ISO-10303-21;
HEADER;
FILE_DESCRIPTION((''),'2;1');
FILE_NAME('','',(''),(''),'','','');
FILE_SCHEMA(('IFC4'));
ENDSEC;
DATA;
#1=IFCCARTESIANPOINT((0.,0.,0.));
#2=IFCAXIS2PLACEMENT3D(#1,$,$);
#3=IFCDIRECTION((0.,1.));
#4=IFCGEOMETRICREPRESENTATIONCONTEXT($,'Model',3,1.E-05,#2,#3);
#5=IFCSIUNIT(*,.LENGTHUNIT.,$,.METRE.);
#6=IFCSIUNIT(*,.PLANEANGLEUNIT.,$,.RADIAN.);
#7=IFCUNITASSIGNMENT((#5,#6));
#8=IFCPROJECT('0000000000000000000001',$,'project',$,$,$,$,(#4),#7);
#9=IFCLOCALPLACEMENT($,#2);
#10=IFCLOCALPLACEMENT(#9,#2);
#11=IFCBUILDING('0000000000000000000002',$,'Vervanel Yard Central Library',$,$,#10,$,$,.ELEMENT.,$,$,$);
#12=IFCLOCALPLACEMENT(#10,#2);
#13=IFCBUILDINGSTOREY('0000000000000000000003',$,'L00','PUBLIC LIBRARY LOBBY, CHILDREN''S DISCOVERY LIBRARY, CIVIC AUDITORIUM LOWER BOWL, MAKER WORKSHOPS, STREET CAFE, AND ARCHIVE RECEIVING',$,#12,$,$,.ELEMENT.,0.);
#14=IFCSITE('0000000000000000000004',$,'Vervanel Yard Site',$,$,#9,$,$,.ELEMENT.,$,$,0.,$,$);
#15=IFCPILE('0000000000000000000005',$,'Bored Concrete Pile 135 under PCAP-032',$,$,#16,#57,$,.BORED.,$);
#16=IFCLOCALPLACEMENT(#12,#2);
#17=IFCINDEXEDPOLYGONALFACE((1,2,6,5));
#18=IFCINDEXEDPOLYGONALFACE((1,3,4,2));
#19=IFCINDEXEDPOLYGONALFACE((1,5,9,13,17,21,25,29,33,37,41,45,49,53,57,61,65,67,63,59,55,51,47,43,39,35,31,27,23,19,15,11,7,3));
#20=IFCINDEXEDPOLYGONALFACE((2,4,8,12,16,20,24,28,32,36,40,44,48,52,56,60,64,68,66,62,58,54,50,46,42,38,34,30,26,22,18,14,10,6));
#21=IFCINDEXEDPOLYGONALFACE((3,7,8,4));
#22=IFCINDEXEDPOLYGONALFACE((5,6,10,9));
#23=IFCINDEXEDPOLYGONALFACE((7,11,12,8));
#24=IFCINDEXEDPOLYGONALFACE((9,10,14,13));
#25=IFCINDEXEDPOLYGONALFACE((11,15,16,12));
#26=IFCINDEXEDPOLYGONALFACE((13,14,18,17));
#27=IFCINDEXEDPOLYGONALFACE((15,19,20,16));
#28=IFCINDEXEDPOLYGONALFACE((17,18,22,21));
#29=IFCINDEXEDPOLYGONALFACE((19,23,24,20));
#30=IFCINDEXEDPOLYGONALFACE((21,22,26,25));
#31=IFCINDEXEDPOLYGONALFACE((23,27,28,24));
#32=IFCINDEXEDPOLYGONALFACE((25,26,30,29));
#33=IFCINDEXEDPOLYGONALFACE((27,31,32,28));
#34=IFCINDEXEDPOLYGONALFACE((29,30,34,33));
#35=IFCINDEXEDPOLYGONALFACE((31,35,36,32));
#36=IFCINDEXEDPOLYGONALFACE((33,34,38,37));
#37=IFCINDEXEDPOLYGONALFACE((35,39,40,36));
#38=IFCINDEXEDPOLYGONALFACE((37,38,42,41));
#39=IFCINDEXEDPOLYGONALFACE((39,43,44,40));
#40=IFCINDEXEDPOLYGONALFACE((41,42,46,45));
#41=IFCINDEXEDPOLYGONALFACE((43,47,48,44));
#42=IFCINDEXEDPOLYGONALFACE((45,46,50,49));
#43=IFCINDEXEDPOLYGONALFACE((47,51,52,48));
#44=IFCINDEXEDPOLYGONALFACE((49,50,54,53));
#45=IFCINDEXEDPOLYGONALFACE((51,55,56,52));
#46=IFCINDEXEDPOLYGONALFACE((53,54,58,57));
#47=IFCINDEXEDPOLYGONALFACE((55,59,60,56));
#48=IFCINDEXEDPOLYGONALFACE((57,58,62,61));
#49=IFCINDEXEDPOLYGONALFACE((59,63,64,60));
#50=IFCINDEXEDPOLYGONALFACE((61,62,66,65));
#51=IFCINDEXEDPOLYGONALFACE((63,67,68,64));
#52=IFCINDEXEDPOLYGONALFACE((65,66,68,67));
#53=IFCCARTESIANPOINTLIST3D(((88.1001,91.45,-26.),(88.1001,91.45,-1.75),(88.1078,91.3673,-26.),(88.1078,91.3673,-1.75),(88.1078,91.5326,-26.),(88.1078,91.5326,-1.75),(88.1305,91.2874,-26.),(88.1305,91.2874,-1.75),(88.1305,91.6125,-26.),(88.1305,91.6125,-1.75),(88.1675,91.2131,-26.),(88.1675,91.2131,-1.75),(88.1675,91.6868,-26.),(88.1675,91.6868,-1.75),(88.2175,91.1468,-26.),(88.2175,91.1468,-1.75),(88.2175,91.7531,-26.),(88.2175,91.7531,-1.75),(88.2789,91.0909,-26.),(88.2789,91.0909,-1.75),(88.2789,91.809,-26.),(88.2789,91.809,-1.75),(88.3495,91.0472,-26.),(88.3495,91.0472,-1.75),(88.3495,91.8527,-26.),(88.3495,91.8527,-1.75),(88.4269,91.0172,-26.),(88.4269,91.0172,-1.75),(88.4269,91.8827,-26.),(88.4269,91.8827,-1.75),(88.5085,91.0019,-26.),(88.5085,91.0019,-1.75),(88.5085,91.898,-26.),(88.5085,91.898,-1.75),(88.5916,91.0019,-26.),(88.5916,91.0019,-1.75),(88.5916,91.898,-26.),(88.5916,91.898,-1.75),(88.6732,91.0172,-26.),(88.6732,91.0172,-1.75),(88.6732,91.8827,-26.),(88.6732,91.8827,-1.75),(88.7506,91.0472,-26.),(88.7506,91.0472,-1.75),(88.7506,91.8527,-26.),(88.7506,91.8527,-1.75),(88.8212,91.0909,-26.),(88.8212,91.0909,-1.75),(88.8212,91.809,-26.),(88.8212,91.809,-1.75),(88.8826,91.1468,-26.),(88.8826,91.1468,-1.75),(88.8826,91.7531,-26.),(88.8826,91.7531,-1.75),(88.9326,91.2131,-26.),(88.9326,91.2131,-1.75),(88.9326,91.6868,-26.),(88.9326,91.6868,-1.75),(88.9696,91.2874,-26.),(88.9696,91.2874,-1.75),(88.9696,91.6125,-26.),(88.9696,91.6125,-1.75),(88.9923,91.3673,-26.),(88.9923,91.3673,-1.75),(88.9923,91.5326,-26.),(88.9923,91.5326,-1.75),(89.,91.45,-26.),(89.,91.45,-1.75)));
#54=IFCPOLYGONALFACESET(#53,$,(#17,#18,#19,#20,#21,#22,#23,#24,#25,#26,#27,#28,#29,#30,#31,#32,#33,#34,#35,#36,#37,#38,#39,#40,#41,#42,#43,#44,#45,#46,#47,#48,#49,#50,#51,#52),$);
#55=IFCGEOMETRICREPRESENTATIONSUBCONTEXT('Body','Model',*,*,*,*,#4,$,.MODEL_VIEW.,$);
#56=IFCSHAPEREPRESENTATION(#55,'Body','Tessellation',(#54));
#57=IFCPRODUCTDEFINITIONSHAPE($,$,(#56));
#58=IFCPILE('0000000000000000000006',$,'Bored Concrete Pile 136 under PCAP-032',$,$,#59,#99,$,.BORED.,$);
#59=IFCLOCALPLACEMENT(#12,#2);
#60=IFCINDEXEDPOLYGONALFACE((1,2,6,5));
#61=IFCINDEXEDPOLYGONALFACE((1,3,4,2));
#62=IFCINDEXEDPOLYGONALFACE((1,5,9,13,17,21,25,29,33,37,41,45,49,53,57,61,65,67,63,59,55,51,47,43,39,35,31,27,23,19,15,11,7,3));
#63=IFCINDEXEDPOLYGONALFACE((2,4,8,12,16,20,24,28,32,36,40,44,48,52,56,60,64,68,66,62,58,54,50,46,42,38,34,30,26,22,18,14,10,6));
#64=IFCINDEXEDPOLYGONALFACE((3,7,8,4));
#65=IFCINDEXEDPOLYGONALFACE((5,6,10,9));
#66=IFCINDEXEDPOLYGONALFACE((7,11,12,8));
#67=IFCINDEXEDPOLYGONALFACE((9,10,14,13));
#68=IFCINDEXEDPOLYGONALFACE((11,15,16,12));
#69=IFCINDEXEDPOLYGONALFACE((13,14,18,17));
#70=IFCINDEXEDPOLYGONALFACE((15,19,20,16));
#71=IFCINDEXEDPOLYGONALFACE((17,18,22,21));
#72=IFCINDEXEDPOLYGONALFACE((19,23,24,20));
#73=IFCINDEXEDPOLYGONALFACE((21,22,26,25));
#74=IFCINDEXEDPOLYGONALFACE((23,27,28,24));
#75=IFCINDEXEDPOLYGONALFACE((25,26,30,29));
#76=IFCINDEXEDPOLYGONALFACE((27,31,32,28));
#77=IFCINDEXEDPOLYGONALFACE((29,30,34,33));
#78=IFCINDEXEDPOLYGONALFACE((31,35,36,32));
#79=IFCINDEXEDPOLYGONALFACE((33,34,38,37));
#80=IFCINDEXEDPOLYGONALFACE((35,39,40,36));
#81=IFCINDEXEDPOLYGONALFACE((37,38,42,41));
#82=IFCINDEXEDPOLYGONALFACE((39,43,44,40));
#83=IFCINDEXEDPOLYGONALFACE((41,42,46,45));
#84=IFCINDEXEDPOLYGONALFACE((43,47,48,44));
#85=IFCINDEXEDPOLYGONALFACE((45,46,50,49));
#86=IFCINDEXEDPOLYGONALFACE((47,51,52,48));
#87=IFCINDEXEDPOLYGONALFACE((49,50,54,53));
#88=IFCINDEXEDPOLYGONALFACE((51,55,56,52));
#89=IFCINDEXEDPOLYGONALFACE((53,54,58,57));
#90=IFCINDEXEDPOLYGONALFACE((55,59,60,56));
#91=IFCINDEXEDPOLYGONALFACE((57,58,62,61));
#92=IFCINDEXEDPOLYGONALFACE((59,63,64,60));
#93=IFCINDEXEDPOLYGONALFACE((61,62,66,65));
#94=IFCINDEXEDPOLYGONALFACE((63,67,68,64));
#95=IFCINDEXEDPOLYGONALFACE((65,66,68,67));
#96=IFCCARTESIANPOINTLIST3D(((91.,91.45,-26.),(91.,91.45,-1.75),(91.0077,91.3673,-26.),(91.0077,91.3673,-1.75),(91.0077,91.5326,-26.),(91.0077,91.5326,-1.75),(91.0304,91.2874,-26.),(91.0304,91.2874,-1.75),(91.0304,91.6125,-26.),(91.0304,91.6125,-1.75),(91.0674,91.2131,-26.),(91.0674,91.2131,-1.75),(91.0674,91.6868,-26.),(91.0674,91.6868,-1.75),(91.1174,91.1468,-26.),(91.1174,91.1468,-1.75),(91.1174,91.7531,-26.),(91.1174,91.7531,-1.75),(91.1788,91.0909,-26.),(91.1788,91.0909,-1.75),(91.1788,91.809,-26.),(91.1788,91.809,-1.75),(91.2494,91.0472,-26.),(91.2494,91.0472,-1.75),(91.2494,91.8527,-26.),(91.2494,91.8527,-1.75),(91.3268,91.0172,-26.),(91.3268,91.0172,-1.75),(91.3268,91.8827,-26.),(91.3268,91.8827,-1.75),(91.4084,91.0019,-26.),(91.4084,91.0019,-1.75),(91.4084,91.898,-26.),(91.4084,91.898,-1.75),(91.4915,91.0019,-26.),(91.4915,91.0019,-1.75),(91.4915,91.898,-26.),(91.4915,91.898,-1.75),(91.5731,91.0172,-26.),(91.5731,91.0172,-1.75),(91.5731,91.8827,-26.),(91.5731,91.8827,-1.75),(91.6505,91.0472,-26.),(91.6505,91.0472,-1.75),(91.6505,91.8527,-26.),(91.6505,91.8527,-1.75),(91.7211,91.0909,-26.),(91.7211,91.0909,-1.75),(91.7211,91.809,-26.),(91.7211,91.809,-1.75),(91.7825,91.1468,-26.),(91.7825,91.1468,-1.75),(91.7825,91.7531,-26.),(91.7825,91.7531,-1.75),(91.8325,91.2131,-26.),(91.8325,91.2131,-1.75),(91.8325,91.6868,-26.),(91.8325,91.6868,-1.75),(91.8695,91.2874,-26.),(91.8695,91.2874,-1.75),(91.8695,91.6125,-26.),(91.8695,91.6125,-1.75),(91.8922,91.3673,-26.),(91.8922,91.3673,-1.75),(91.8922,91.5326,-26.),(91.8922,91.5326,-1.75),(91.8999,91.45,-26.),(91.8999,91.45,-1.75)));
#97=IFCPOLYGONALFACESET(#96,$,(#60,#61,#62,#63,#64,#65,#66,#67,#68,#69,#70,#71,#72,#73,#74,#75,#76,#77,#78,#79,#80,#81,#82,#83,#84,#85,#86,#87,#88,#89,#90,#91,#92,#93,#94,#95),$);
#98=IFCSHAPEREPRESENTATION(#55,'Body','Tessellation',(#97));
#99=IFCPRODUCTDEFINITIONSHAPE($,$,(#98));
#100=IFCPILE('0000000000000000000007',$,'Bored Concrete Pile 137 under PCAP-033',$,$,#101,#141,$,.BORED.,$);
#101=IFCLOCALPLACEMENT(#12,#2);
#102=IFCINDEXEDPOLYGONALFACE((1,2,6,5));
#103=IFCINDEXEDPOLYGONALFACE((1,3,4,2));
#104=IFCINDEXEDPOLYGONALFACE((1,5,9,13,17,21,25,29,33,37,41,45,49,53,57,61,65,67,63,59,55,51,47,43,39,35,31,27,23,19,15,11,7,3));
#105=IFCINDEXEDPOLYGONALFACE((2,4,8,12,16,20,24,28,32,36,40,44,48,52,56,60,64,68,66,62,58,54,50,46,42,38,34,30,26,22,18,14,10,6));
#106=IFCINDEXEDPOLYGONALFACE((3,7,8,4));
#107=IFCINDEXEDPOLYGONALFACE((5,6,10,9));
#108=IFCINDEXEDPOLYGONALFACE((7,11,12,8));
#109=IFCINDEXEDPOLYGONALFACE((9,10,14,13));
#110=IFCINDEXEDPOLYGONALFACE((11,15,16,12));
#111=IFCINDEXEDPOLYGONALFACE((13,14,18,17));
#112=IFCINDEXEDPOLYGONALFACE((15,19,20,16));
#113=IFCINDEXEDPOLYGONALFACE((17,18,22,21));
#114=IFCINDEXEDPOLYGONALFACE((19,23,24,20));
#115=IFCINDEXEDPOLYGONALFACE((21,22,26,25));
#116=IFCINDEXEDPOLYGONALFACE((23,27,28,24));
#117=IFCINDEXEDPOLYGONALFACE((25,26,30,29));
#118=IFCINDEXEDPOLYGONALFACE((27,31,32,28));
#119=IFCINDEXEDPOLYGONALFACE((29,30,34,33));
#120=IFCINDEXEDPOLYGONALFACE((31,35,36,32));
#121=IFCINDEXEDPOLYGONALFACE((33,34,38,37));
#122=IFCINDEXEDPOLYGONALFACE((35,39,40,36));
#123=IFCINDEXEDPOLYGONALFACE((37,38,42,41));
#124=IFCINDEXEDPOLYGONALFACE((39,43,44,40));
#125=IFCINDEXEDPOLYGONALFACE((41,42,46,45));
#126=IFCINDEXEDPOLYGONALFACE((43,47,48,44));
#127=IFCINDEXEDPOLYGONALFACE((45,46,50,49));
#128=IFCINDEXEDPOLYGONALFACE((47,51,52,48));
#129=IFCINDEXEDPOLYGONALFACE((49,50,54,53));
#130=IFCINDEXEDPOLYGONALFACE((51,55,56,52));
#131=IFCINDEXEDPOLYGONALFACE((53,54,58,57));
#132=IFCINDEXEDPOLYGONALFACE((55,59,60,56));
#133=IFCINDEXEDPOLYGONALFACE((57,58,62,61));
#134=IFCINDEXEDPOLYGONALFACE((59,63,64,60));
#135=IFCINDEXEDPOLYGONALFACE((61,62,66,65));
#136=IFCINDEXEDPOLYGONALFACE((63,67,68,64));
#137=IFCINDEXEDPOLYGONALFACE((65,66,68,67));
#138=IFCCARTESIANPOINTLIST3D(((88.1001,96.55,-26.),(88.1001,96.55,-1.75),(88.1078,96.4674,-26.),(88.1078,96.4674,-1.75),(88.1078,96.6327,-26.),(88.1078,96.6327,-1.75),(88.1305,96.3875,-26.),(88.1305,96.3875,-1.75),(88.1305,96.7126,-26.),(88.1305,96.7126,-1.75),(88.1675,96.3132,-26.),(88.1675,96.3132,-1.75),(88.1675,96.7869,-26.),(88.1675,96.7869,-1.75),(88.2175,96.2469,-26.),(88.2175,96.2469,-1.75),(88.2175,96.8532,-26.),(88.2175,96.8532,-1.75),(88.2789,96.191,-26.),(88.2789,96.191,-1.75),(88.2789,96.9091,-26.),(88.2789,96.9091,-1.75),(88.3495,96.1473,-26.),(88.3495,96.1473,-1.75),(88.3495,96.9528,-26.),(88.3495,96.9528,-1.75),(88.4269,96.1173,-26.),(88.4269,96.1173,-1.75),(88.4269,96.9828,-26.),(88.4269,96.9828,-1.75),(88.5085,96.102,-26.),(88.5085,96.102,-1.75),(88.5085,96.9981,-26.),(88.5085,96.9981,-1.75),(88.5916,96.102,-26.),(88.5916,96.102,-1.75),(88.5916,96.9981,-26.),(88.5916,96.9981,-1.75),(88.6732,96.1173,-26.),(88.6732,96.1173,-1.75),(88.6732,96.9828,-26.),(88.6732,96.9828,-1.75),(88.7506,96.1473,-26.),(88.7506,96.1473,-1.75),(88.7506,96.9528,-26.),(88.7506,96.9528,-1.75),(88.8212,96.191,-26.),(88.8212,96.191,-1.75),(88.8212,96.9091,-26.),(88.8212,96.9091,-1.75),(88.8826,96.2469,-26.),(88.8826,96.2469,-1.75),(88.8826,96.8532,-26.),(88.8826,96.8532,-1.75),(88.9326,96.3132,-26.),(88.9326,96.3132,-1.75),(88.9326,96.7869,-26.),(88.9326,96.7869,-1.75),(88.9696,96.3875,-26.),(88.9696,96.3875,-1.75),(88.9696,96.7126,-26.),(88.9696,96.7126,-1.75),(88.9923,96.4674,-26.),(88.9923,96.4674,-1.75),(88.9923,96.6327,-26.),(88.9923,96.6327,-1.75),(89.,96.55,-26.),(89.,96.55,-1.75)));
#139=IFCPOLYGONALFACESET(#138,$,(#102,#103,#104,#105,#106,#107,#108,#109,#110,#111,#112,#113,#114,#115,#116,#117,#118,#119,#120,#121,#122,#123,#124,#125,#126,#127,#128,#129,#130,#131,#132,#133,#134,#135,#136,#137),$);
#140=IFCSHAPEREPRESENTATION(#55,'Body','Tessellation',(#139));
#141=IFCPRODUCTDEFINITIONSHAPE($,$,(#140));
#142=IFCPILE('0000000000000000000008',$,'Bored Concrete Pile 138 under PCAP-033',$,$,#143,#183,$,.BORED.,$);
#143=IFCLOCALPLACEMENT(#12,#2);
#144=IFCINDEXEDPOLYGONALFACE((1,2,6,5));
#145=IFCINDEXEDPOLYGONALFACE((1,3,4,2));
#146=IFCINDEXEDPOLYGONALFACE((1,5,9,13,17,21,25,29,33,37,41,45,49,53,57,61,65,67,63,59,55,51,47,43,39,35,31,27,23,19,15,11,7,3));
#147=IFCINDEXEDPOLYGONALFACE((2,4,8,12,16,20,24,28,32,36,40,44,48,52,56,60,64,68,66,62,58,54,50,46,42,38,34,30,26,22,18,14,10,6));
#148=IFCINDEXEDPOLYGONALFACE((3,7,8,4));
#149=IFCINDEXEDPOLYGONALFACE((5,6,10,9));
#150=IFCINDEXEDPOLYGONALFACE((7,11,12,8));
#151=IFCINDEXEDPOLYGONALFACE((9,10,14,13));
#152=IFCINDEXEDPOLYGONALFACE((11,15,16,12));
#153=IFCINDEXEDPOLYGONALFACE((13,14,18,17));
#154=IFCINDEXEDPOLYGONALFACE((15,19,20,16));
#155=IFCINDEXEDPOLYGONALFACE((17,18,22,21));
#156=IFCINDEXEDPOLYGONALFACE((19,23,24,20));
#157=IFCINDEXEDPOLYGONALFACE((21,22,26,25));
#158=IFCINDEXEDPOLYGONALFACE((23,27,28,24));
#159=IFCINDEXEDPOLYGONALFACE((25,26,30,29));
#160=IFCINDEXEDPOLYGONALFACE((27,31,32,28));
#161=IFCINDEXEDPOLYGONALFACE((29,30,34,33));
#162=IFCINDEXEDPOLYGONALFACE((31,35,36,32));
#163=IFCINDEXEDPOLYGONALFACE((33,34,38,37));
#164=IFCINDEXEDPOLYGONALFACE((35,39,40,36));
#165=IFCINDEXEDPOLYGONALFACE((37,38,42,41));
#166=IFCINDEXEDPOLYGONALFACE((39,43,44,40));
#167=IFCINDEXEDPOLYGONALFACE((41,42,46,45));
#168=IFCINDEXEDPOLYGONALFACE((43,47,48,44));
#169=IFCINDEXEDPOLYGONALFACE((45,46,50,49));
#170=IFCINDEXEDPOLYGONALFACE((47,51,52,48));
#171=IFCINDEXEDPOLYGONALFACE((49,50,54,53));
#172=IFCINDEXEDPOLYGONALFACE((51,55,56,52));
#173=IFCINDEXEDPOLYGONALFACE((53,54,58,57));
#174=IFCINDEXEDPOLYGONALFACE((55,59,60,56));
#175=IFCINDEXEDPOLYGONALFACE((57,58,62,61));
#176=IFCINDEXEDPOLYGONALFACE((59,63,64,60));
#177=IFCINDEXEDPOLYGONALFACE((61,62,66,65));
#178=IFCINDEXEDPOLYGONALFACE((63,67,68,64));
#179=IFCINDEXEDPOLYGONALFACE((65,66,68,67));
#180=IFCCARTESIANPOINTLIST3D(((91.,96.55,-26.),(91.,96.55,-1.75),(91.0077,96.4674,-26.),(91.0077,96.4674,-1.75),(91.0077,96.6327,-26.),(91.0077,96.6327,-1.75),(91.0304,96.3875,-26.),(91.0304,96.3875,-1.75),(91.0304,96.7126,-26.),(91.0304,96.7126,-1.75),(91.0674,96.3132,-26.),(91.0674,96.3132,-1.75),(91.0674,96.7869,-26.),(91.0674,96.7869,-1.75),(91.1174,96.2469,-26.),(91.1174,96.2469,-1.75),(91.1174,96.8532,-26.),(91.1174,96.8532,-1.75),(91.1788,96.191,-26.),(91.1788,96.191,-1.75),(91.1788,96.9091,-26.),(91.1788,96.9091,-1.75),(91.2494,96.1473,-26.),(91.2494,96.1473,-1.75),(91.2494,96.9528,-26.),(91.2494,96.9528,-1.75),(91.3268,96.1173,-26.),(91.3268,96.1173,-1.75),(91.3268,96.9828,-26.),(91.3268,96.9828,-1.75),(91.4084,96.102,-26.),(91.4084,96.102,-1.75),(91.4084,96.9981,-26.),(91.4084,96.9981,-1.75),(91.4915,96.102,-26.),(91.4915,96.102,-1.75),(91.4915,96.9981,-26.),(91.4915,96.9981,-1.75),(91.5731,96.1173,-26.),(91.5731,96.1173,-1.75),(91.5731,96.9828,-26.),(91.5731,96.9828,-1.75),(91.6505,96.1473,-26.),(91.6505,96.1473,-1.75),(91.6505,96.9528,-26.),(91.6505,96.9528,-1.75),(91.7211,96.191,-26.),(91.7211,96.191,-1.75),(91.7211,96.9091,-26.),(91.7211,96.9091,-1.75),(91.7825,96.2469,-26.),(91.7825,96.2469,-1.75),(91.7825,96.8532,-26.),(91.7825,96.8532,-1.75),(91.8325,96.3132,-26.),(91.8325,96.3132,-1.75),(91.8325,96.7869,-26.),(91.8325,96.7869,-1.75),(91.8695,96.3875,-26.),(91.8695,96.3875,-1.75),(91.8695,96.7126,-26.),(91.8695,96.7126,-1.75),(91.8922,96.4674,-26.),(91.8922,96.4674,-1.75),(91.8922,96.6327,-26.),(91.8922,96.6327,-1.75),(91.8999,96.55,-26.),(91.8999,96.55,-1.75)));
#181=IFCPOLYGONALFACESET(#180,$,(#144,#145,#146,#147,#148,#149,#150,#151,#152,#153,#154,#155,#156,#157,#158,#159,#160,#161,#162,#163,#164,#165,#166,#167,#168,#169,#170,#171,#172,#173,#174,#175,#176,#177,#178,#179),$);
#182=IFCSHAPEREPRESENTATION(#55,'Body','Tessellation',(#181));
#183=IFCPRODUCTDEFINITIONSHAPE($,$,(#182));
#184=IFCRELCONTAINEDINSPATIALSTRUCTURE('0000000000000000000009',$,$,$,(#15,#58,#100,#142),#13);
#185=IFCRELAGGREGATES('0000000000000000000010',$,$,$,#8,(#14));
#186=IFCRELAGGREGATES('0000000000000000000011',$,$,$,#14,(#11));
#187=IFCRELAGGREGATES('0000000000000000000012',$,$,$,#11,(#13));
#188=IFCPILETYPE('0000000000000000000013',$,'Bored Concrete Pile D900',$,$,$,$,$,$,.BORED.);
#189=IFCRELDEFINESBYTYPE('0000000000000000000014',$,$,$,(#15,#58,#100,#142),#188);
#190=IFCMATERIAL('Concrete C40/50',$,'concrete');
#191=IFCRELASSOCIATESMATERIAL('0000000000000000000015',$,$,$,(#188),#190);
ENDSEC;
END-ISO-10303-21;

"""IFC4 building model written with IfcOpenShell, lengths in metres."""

from ifc_helpers import new_model, si_unit, direction, frame, origin, origin_2d, place, context, subcontext, project, spatial, circle, extrude, material, material_profile, profile_set, type_object, element, save


model = new_model("IFC4")

# Units and contexts
model_context = context("Model", 3, precision=1e-05, world=origin(), true_north=direction((0.0, 1.0)))
body_context = subcontext(model_context, "Body", "Model", "MODEL_VIEW")
ifc_project = project(units=[si_unit("LENGTHUNIT", "METRE"), si_unit("PLANEANGLEUNIT", "RADIAN")], contexts=[model_context])

# Site, building, storey
site_placement = place(None, origin())
site = spatial("IfcSite", under=ifc_project, at=site_placement, Name="Vervanel Yard Site", CompositionType="ELEMENT", RefElevation=0.0)
building_placement = place(site_placement, origin())
building = spatial("IfcBuilding", under=site, at=building_placement, Name="Vervanel Yard Central Library", CompositionType="ELEMENT")
storey_placement = place(building_placement, origin())
storey = spatial("IfcBuildingStorey", under=building, at=storey_placement, Name="L00", Description="PUBLIC LIBRARY LOBBY, CHILDREN'S DISCOVERY LIBRARY, CIVIC AUDITORIUM LOWER BOWL, MAKER WORKSHOPS, STREET CAFE, AND ARCHIVE RECEIVING", CompositionType="ELEMENT", Elevation=0.0)

# Piles
ifc_material_1 = material(Name="Concrete C40/50", Category="concrete")
ifc_material_profile_1 = material_profile(ifc_material_1, circle(Radius=0.45, at=origin_2d()), Name="BP D900", Category="concrete")
ifc_profile_set_1 = profile_set([ifc_material_profile_1], Name="Concrete C40/50")
pile_type = type_object("IfcPileType", Name="Bored Concrete Pile D900", PredefinedType="BORED", material=ifc_profile_set_1)
for number, where, z_axis, x_axis, name in (
    (1, (88.55, 91.45, -1.75), (0.0, 0.0, -1.0), (1.0, 0.0, 0.0), "Bored Concrete Pile 135 under PCAP-032"),
    (2, (91.45, 91.45, -1.75), (0.0, 0.0, -1.0), (1.0, 0.0, 0.0), "Bored Concrete Pile 136 under PCAP-032"),
    (3, (88.55, 96.55, -1.75), (0.0, 0.0, -1.0), (1.0, 0.0, 0.0), "Bored Concrete Pile 137 under PCAP-033"),
    (4, (91.45, 96.55, -1.75), (0.0, 0.0, -1.0), (1.0, 0.0, 0.0), "Bored Concrete Pile 138 under PCAP-033"),
):
    element("IfcPile", number, at=place(storey_placement, frame(where, z_axis=z_axis, x_axis=x_axis)), inside=storey, type_object=pile_type, Name=name, PredefinedType="BORED", context=body_context, shape_type="SweptSolid", body=[
        extrude(circle(Radius=0.45, at=origin_2d()), origin(), (0.0, 0.0, 1.0), 24.25),
    ])

save(model, "model.ifc")
